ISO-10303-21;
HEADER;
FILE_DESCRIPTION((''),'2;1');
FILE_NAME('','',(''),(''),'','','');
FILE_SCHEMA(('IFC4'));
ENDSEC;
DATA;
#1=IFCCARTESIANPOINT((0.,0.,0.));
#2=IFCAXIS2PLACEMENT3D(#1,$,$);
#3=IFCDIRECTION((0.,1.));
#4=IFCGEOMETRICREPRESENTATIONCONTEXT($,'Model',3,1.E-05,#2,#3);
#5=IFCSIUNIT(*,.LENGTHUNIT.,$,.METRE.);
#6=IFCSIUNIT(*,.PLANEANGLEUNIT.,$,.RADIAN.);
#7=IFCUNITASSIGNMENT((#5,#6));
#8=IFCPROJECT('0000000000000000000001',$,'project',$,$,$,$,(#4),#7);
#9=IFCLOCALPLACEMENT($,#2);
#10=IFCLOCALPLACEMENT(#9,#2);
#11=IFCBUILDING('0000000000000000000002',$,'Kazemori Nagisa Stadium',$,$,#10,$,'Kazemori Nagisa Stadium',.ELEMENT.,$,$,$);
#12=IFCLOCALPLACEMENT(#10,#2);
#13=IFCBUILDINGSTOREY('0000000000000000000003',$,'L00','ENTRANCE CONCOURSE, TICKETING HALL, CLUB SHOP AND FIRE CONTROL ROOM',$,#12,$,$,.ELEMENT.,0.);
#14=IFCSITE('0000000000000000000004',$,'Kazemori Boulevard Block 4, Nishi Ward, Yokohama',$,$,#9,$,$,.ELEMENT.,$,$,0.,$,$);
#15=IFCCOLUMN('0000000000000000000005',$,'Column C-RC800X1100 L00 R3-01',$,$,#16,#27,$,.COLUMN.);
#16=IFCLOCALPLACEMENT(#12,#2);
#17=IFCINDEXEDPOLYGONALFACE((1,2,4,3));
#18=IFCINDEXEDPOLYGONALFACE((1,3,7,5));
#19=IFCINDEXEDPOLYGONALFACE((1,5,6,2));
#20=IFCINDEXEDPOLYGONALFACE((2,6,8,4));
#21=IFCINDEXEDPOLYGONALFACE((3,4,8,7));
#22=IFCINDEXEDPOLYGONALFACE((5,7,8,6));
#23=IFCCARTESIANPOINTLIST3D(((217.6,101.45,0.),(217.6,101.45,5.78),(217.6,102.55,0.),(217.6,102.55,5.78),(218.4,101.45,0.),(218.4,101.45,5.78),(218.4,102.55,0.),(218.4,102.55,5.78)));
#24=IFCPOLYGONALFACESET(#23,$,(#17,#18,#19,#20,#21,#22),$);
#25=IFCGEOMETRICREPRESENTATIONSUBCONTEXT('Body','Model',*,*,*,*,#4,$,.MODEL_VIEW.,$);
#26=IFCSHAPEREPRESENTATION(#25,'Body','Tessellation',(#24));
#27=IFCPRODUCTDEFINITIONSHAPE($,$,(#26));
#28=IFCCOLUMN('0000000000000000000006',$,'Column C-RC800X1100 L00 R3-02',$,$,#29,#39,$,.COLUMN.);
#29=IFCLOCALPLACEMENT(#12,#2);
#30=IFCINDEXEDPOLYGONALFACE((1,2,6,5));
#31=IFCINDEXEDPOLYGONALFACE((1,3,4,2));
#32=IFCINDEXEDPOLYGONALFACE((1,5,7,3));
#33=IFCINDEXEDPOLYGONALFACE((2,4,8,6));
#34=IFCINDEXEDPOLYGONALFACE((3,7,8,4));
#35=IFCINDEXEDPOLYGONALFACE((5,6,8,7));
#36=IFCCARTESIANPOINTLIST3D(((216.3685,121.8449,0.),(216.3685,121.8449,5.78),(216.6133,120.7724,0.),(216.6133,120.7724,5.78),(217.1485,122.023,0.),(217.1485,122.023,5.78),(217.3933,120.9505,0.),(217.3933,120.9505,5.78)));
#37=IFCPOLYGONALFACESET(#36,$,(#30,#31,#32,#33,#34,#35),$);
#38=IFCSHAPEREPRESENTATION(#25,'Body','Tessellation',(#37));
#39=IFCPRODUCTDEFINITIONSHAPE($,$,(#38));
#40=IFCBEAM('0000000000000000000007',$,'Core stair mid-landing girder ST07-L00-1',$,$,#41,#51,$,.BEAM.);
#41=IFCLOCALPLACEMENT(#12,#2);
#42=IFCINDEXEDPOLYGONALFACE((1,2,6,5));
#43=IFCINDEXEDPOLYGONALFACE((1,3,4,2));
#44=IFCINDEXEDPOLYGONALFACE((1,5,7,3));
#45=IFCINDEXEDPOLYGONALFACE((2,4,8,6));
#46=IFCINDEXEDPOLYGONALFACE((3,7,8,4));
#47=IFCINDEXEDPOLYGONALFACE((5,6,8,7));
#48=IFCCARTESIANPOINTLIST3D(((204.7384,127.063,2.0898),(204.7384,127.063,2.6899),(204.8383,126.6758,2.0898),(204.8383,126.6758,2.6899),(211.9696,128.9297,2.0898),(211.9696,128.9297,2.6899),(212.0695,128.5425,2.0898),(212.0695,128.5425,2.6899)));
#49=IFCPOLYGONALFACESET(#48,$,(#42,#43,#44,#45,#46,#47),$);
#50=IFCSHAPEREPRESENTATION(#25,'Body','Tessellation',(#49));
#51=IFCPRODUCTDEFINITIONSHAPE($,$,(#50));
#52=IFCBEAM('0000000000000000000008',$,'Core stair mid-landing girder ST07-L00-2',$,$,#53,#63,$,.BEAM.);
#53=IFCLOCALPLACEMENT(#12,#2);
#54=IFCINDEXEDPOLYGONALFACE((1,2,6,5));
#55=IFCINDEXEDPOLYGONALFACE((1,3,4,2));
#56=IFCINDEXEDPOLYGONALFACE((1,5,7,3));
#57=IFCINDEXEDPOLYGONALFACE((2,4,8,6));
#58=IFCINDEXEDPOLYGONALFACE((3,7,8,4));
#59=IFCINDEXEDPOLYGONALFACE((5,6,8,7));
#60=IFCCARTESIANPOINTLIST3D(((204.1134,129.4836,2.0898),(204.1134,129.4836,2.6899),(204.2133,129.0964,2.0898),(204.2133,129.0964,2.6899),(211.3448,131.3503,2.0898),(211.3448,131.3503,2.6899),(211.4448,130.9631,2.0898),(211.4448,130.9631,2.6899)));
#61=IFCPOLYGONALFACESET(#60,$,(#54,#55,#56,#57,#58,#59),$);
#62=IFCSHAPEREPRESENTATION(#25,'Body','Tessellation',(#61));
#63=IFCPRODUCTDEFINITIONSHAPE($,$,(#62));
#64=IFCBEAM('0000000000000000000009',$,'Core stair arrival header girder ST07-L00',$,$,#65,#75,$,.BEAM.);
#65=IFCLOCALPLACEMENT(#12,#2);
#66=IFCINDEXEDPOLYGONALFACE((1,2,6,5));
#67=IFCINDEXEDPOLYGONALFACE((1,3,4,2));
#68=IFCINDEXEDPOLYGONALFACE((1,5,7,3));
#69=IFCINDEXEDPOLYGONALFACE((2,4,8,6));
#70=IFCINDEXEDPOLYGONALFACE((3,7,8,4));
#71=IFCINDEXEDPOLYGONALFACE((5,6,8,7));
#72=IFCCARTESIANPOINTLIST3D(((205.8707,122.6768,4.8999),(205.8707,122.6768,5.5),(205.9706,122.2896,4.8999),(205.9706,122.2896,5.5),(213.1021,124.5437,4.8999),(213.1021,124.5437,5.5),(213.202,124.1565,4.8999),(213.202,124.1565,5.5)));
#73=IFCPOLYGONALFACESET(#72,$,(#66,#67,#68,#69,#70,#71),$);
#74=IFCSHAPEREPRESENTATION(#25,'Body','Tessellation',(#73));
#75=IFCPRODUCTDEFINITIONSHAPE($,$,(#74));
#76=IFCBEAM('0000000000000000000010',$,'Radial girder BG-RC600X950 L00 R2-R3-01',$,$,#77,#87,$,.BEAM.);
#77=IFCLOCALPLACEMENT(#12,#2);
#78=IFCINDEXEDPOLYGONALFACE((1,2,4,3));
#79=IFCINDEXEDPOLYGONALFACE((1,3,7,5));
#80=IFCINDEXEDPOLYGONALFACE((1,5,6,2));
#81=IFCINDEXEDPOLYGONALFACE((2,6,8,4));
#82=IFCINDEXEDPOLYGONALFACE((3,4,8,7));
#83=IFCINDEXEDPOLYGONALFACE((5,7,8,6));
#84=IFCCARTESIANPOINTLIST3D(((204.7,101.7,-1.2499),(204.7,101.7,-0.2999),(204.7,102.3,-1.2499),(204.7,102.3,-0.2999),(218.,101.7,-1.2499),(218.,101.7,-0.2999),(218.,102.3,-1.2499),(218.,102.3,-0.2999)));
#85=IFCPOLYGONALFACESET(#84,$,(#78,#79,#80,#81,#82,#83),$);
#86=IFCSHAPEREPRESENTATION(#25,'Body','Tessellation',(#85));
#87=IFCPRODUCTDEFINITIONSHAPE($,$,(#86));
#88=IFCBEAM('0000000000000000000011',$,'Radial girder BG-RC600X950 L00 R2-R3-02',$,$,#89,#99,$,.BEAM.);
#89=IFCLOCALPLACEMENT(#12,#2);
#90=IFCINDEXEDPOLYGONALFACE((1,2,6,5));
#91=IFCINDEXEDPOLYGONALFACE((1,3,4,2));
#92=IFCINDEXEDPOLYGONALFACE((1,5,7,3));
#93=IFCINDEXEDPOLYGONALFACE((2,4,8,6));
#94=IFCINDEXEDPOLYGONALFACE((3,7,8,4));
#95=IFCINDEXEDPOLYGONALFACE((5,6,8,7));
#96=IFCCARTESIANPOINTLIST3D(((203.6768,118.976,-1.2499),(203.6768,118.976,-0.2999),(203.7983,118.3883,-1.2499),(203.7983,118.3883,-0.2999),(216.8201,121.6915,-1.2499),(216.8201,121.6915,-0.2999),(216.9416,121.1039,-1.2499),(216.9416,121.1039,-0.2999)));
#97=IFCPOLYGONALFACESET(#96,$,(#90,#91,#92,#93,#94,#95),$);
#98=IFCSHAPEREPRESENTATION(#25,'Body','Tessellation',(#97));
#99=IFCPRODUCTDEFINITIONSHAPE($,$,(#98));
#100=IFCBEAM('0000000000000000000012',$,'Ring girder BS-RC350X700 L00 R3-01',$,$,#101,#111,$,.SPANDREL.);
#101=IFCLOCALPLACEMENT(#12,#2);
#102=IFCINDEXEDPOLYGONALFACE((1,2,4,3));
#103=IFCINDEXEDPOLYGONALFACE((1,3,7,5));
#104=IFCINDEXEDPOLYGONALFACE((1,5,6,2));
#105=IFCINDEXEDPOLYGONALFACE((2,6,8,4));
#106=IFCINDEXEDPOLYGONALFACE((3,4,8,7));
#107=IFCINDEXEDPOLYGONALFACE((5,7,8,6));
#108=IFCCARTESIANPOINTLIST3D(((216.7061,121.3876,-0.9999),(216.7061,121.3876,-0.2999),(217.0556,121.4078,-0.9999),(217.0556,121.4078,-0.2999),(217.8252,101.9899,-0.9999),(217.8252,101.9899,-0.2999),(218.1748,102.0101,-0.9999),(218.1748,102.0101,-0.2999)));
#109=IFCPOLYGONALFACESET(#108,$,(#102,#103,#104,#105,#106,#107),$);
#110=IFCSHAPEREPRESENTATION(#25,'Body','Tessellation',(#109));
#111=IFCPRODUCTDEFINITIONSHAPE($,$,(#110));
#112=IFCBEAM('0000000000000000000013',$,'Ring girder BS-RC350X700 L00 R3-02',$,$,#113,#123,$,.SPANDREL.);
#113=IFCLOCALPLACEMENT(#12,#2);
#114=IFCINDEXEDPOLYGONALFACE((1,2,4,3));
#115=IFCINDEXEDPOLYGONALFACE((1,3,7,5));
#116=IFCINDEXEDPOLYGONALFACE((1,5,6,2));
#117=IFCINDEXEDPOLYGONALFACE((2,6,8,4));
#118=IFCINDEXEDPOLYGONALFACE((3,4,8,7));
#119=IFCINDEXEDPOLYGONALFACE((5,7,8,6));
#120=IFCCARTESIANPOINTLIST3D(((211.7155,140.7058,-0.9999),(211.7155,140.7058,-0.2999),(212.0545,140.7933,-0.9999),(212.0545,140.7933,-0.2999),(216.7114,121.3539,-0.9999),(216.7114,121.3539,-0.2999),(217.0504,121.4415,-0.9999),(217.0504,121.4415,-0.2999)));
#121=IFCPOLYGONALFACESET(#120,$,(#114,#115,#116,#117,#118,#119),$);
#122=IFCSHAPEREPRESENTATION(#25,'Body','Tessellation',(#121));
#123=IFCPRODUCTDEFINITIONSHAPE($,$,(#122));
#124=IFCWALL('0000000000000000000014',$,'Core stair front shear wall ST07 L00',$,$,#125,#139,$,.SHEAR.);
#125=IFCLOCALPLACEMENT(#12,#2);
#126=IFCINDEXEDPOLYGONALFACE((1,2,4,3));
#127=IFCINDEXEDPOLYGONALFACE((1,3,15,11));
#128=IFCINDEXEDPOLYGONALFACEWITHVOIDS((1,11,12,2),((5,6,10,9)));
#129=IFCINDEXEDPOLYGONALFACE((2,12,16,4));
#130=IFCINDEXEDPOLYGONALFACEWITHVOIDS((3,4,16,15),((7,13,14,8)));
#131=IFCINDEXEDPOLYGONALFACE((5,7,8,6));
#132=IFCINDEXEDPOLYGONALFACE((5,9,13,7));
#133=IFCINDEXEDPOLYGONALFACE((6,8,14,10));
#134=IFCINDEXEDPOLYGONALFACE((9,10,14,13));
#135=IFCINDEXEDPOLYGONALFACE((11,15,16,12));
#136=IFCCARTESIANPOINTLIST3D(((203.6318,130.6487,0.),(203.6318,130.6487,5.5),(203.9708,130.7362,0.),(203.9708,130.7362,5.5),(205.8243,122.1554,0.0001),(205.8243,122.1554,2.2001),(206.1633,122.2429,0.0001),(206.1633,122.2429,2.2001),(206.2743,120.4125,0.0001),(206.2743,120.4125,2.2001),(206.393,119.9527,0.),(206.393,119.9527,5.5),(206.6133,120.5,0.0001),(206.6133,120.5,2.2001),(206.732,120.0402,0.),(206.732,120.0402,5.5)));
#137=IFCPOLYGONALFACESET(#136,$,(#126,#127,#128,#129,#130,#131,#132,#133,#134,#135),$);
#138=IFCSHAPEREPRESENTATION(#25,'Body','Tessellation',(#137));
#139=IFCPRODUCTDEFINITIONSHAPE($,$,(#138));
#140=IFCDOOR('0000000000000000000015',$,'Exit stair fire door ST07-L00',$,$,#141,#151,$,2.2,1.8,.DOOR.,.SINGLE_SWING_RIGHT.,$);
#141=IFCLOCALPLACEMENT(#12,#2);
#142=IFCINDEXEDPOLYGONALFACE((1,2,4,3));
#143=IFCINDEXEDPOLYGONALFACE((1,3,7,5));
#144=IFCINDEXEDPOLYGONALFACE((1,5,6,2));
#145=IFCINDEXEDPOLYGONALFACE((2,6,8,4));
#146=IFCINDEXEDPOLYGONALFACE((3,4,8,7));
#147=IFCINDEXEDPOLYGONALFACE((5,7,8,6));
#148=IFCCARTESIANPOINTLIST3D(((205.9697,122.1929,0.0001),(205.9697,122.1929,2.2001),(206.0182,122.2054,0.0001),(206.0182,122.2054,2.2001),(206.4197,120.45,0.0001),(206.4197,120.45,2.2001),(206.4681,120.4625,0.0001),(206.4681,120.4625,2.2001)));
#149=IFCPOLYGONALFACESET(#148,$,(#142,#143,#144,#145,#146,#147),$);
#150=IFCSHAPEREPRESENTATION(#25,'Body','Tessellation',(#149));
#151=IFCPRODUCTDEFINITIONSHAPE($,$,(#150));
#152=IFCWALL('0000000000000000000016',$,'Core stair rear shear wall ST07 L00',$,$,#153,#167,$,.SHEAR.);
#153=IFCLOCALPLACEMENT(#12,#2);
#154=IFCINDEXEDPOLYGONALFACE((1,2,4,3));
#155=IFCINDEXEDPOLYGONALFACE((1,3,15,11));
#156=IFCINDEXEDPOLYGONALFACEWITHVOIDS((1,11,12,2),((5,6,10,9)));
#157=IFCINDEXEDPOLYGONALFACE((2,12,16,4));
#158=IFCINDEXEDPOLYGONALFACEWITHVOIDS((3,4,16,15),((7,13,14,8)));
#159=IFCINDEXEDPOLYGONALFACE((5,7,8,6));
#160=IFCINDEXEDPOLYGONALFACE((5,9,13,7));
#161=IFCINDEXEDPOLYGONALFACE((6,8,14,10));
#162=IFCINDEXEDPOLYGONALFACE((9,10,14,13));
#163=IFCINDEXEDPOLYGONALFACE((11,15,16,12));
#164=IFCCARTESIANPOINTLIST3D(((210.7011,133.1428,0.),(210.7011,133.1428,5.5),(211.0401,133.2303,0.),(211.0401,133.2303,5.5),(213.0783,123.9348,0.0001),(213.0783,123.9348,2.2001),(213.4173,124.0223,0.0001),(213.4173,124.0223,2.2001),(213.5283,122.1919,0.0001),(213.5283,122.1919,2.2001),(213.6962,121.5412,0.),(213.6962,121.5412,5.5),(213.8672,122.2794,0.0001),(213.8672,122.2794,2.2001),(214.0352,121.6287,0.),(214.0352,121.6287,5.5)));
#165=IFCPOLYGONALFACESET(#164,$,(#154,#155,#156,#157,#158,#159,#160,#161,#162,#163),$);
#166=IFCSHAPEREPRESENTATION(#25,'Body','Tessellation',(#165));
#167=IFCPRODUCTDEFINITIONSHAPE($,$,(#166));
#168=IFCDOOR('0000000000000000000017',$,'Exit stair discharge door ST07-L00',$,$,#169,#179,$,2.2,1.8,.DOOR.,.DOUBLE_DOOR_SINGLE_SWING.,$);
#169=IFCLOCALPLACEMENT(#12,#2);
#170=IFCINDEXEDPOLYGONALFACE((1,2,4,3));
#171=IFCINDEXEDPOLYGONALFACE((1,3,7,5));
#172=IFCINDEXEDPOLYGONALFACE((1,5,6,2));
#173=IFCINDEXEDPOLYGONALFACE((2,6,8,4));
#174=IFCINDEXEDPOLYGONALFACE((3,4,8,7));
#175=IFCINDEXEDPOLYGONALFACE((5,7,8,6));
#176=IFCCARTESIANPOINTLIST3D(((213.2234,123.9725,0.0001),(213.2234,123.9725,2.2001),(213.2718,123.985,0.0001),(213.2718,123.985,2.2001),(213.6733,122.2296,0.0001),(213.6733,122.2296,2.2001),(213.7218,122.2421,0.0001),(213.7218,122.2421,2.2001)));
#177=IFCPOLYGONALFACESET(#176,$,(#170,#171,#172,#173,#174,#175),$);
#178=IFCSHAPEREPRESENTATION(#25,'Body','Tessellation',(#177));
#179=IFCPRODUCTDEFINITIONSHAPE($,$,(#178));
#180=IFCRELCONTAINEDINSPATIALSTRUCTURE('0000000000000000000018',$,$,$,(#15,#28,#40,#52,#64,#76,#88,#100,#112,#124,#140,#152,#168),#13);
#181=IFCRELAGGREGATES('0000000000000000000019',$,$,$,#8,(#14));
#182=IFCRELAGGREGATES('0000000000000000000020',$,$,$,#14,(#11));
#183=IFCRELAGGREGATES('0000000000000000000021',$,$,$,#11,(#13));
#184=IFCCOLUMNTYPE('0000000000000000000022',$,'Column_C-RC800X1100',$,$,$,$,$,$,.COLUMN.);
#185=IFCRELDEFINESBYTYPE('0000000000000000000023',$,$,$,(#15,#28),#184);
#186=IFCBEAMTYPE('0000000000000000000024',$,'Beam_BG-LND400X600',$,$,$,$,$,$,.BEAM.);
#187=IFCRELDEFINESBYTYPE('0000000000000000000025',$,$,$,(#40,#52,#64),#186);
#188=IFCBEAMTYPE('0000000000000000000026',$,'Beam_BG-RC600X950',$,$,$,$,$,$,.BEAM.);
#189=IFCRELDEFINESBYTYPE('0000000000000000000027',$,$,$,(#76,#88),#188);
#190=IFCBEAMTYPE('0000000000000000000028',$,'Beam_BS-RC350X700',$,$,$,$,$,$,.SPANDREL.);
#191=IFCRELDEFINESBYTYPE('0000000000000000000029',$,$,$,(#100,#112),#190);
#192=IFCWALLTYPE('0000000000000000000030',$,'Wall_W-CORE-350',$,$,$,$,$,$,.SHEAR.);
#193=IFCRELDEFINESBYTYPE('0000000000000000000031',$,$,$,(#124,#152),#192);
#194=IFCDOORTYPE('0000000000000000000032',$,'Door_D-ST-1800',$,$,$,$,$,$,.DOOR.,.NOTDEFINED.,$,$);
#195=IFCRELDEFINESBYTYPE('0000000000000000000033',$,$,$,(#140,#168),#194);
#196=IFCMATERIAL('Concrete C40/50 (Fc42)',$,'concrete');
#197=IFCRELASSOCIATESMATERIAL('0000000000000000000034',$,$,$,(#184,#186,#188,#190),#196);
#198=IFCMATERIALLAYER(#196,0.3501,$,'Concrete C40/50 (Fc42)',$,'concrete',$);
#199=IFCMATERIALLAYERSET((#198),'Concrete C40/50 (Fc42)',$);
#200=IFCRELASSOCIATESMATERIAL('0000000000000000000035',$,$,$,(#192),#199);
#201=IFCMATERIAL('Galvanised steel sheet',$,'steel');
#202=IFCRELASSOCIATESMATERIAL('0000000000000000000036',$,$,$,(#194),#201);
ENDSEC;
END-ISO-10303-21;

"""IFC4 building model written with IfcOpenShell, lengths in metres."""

from ifc_helpers import new_model, si_unit, direction, frame, frame_2d, origin, origin_2d, place, context, subcontext, project, spatial, rectangle, extrude, material, layer, layer_set, material_profile, profile_set, type_object, element, fill, save


model = new_model("IFC4")

# Units and contexts
model_context = context("Model", 3, precision=1e-05, world=origin(), true_north=direction((0.0, 1.0)))
body_context = subcontext(model_context, "Body", "Model", "MODEL_VIEW")
ifc_project = project(units=[si_unit("LENGTHUNIT", "METRE"), si_unit("PLANEANGLEUNIT", "RADIAN")], contexts=[model_context])

# Site, building, storey
site_placement = place(None, origin())
site = spatial("IfcSite", under=ifc_project, at=site_placement, Name="Kazemori Boulevard Block 4, Nishi Ward, Yokohama", CompositionType="ELEMENT", RefElevation=0.0)
building_placement = place(site_placement, origin())
building = spatial("IfcBuilding", under=site, at=building_placement, Name="Kazemori Nagisa Stadium", LongName="Kazemori Nagisa Stadium", CompositionType="ELEMENT")
storey_placement = place(building_placement, origin())
storey = spatial("IfcBuildingStorey", under=building, at=storey_placement, Name="L00", Description="ENTRANCE CONCOURSE, TICKETING HALL, CLUB SHOP AND FIRE CONTROL ROOM", CompositionType="ELEMENT", Elevation=0.0)

# Columns
ifc_material_1 = material(Name="Concrete C40/50 (Fc42)", Category="concrete")
ifc_material_profile_1 = material_profile(ifc_material_1, rectangle(XDim=0.8, YDim=1.1001, at=origin_2d()), Name="RC-COL-800x1100")
ifc_profile_set_1 = profile_set([ifc_material_profile_1], Name="Concrete C40/50 (Fc42)")
column_type = type_object("IfcColumnType", Name="Column_C-RC800X1100", PredefinedType="COLUMN", material=ifc_profile_set_1)
for number, where, z_axis, x_axis, name in (
    (1, (218.0, 102.0, 0.0), (0.0, 0.0, 1.0), (1.0, 0.0, 0.0), "Column C-RC800X1100 L00 R3-01"),
    (2, (216.8809, 121.3977, 0.0), (0.0, 0.0, 1.0), (0.974928, 0.222521, 0.0), "Column C-RC800X1100 L00 R3-02"),
):
    element("IfcColumn", number, at=place(storey_placement, frame(where, z_axis=z_axis, x_axis=x_axis)), inside=storey, type_object=column_type, Name=name, PredefinedType="COLUMN", context=body_context, shape_type="SweptSolid", body=[
        extrude(rectangle(XDim=0.8, YDim=1.1001, at=origin_2d()), origin(), (0.0, 0.0, 1.0), 5.78),
    ])

# Beams
ifc_material_profile_2 = material_profile(ifc_material_1, rectangle(XDim=0.3999, YDim=0.6001, at=origin_2d()), Name="RC-BM-400x600")
ifc_profile_set_2 = profile_set([ifc_material_profile_2], Name="Concrete C40/50 (Fc42)")
beam_type_1 = type_object("IfcBeamType", Name="Beam_BG-LND400X600", PredefinedType="BEAM", material=ifc_profile_set_2)
beam_1_placement = place(storey_placement, frame((204.7883, 126.8694, 2.3899), z_axis=(0.968258, 0.249951, 0.0), x_axis=(-0.249951, 0.968258, 0.0)))
element("IfcBeam", 3, at=beam_1_placement, inside=storey, type_object=beam_type_1, Name="Core stair mid-landing girder ST07-L00-1", PredefinedType="BEAM", context=body_context, shape_type="SweptSolid", body=[
    extrude(rectangle(XDim=0.3999, YDim=0.6001, at=origin_2d()), origin(), (0.0, 0.0, 1.0), 7.4683),
])
for number, where, z_axis, x_axis, name in (
    (4, (204.1633, 129.29, 2.3899), (0.96826, 0.249943, 0.0), (-0.249943, 0.96826, 0.0), "Core stair mid-landing girder ST07-L00-2"),
    (5, (205.9207, 122.4832, 5.2), (0.968253, 0.249974, 0.0), (-0.249974, 0.968253, 0.0), "Core stair arrival header girder ST07-L00"),
):
    element("IfcBeam", number, at=place(storey_placement, frame(where, z_axis=z_axis, x_axis=x_axis)), inside=storey, type_object=beam_type_1, Name=name, PredefinedType="BEAM", context=body_context, shape_type="SweptSolid", body=[
        extrude(rectangle(XDim=0.3999, YDim=0.6001, at=origin_2d()), origin(), (0.0, 0.0, 1.0), 7.4685),
    ])
ifc_material_profile_3 = material_profile(ifc_material_1, rectangle(XDim=0.6001, YDim=0.95, at=origin_2d()), Name="RC-BM-600x950")
ifc_profile_set_3 = profile_set([ifc_material_profile_3], Name="Concrete C40/50 (Fc42)")
beam_type_2 = type_object("IfcBeamType", Name="Beam_BG-RC600X950", PredefinedType="BEAM", material=ifc_profile_set_3)
beam_2_placement = place(storey_placement, frame((204.7, 102.0, -0.7749), z_axis=(1.0, 0.0, 0.0), x_axis=(0.0, 1.0, 0.0)))
element("IfcBeam", 6, at=beam_2_placement, inside=storey, type_object=beam_type_2, Name="Radial girder BG-RC600X950 L00 R2-R3-01", PredefinedType="BEAM", context=body_context, shape_type="SweptSolid", body=[
    extrude(rectangle(XDim=0.6001, YDim=0.95, at=origin_2d()), origin(), (0.0, 0.0, 1.0), 13.3),
])
beam_3_placement = place(storey_placement, frame((203.7375, 118.6821, -0.7749), z_axis=(0.979316, 0.202339, 0.0), x_axis=(-0.202339, 0.979316, 0.0)))
element("IfcBeam", 7, at=beam_3_placement, inside=storey, type_object=beam_type_2, Name="Radial girder BG-RC600X950 L00 R2-R3-02", PredefinedType="BEAM", context=body_context, shape_type="SweptSolid", body=[
    extrude(rectangle(XDim=0.6001, YDim=0.95, at=origin_2d()), origin(), (0.0, 0.0, 1.0), 13.4209),
])
ifc_material_profile_4 = material_profile(ifc_material_1, rectangle(XDim=0.3501, YDim=0.7, at=origin_2d()), Name="RC-SP-350x700")
ifc_profile_set_4 = profile_set([ifc_material_profile_4], Name="Concrete C40/50 (Fc42)")
beam_type_3 = type_object("IfcBeamType", Name="Beam_BS-RC350X700", PredefinedType="SPANDREL", material=ifc_profile_set_4)
beam_4_placement = place(storey_placement, frame((218.0, 102.0, -0.6499), z_axis=(-0.057599, 0.99834, 0.0), x_axis=(-0.99834, -0.057599, 0.0)))
element("IfcBeam", 8, at=beam_4_placement, inside=storey, type_object=beam_type_3, Name="Ring girder BS-RC350X700 L00 R3-01", PredefinedType="SPANDREL", context=body_context, shape_type="SweptSolid", body=[
    extrude(rectangle(XDim=0.3501, YDim=0.7, at=origin_2d()), origin(), (0.0, 0.0, 1.0), 19.4299),
])
beam_5_placement = place(storey_placement, frame((216.8809, 121.3977, -0.6499), z_axis=(-0.249964, 0.968255, 0.0), x_axis=(-0.968255, -0.249964, 0.0)))
element("IfcBeam", 9, at=beam_5_placement, inside=storey, type_object=beam_type_3, Name="Ring girder BS-RC350X700 L00 R3-02", PredefinedType="SPANDREL", context=body_context, shape_type="SweptSolid", body=[
    extrude(rectangle(XDim=0.3501, YDim=0.7, at=origin_2d()), origin(), (0.0, 0.0, 1.0), 19.9863),
])

# Walls, openings, doors
ifc_layer_1 = layer(ifc_material_1, 0.3501, Name="Concrete C40/50 (Fc42)", Category="concrete")
ifc_layer_set_1 = layer_set([ifc_layer_1], Name="Concrete C40/50 (Fc42)")
wall_type_1 = type_object("IfcWallType", Name="Wall_W-CORE-350", PredefinedType="SHEAR", material=ifc_layer_set_1)
wall_1_placement = place(storey_placement, frame((206.5625, 119.9963, 0.0), z_axis=(0.0, 0.0, 1.0), x_axis=(-0.24996, 0.968256, 0.0)))
wall_1 = element("IfcWall", 10, at=wall_1_placement, inside=storey, type_object=wall_type_1, Name="Core stair front shear wall ST07 L00", PredefinedType="SHEAR", context=body_context, shape_type="SweptSolid", body=[
    extrude(rectangle(XDim=11.0466, YDim=0.3501, at=frame_2d((5.5234, 0.0))), origin(), (0.0, 0.0, 1.0), 5.5),
])
opening_1_placement = place(wall_1_placement, frame((0.4751, 0.0, 0.0)))
opening_1 = element("IfcOpeningElement", 11, at=opening_1_placement, cuts=wall_1, PredefinedType="OPENING", context=body_context, shape_type="SweptSolid", body=[
    extrude(rectangle(XDim=1.8, YDim=2.2, at=frame_2d((0.8999, 1.1001))), frame((0.0, 0.1851, 0.0), z_axis=(0.0, -1.0, 0.0), x_axis=(1.0, 0.0, 0.0)), (0.0, 0.0, 1.0), 0.3701),
])
ifc_material_2 = material(Name="Galvanised steel sheet", Category="steel")
door_type_1 = type_object("IfcDoorType", Name="Door_D-ST-1800", OperationType="NOTDEFINED", PredefinedType="DOOR", material=ifc_material_2)
door_1_placement = place(opening_1_placement, origin())
door_1 = element("IfcDoor", 12, at=door_1_placement, inside=storey, type_object=door_type_1, Name="Exit stair fire door ST07-L00", OperationType="SINGLE_SWING_RIGHT", OverallHeight=2.2, OverallWidth=1.8, PredefinedType="DOOR", context=body_context, shape_type="SweptSolid", body=[
    extrude(rectangle(XDim=1.8, YDim=2.2, at=frame_2d((0.8999, 1.1001))), frame((0.0, 0.0249, 0.0), z_axis=(0.0, -1.0, 0.0), x_axis=(1.0, 0.0, 0.0)), (0.0, 0.0, 1.0), 0.05),
])
fill(opening_1, door_1)
wall_2_placement = place(storey_placement, frame((213.8657, 121.585, 0.0), z_axis=(0.0, 0.0, 1.0), x_axis=(-0.249969, 0.968254, 0.0)))
wall_2 = element("IfcWall", 13, at=wall_2_placement, inside=storey, type_object=wall_type_1, Name="Core stair rear shear wall ST07 L00", PredefinedType="SHEAR", context=body_context, shape_type="SweptSolid", body=[
    extrude(rectangle(XDim=11.9819, YDim=0.3501, at=frame_2d((5.991, 0.0))), origin(), (0.0, 0.0, 1.0), 5.5),
])
opening_2_placement = place(wall_2_placement, frame((0.6721, 0.0, 0.0)))
opening_2 = element("IfcOpeningElement", 14, at=opening_2_placement, cuts=wall_2, PredefinedType="OPENING", context=body_context, shape_type="SweptSolid", body=[
    extrude(rectangle(XDim=1.8, YDim=2.2, at=frame_2d((0.8999, 1.1001))), frame((0.0, 0.1851, 0.0), z_axis=(0.0, -1.0, 0.0), x_axis=(1.0, 0.0, 0.0)), (0.0, 0.0, 1.0), 0.3701),
])
door_2_placement = place(opening_2_placement, frame((1.8, 0.0, 0.0), z_axis=(0.0, 0.0, 1.0), x_axis=(-1.0, 0.0, 0.0)))
door_2 = element("IfcDoor", 15, at=door_2_placement, inside=storey, type_object=door_type_1, Name="Exit stair discharge door ST07-L00", OperationType="DOUBLE_DOOR_SINGLE_SWING", OverallHeight=2.2, OverallWidth=1.8, PredefinedType="DOOR", context=body_context, shape_type="SweptSolid", body=[
    extrude(rectangle(XDim=1.8, YDim=2.2, at=frame_2d((0.8999, 1.1001))), frame((0.0, 0.0249, 0.0), z_axis=(0.0, -1.0, 0.0), x_axis=(1.0, 0.0, 0.0)), (0.0, 0.0, 1.0), 0.05),
])
fill(opening_2, door_2)

save(model, "model.ifc")
